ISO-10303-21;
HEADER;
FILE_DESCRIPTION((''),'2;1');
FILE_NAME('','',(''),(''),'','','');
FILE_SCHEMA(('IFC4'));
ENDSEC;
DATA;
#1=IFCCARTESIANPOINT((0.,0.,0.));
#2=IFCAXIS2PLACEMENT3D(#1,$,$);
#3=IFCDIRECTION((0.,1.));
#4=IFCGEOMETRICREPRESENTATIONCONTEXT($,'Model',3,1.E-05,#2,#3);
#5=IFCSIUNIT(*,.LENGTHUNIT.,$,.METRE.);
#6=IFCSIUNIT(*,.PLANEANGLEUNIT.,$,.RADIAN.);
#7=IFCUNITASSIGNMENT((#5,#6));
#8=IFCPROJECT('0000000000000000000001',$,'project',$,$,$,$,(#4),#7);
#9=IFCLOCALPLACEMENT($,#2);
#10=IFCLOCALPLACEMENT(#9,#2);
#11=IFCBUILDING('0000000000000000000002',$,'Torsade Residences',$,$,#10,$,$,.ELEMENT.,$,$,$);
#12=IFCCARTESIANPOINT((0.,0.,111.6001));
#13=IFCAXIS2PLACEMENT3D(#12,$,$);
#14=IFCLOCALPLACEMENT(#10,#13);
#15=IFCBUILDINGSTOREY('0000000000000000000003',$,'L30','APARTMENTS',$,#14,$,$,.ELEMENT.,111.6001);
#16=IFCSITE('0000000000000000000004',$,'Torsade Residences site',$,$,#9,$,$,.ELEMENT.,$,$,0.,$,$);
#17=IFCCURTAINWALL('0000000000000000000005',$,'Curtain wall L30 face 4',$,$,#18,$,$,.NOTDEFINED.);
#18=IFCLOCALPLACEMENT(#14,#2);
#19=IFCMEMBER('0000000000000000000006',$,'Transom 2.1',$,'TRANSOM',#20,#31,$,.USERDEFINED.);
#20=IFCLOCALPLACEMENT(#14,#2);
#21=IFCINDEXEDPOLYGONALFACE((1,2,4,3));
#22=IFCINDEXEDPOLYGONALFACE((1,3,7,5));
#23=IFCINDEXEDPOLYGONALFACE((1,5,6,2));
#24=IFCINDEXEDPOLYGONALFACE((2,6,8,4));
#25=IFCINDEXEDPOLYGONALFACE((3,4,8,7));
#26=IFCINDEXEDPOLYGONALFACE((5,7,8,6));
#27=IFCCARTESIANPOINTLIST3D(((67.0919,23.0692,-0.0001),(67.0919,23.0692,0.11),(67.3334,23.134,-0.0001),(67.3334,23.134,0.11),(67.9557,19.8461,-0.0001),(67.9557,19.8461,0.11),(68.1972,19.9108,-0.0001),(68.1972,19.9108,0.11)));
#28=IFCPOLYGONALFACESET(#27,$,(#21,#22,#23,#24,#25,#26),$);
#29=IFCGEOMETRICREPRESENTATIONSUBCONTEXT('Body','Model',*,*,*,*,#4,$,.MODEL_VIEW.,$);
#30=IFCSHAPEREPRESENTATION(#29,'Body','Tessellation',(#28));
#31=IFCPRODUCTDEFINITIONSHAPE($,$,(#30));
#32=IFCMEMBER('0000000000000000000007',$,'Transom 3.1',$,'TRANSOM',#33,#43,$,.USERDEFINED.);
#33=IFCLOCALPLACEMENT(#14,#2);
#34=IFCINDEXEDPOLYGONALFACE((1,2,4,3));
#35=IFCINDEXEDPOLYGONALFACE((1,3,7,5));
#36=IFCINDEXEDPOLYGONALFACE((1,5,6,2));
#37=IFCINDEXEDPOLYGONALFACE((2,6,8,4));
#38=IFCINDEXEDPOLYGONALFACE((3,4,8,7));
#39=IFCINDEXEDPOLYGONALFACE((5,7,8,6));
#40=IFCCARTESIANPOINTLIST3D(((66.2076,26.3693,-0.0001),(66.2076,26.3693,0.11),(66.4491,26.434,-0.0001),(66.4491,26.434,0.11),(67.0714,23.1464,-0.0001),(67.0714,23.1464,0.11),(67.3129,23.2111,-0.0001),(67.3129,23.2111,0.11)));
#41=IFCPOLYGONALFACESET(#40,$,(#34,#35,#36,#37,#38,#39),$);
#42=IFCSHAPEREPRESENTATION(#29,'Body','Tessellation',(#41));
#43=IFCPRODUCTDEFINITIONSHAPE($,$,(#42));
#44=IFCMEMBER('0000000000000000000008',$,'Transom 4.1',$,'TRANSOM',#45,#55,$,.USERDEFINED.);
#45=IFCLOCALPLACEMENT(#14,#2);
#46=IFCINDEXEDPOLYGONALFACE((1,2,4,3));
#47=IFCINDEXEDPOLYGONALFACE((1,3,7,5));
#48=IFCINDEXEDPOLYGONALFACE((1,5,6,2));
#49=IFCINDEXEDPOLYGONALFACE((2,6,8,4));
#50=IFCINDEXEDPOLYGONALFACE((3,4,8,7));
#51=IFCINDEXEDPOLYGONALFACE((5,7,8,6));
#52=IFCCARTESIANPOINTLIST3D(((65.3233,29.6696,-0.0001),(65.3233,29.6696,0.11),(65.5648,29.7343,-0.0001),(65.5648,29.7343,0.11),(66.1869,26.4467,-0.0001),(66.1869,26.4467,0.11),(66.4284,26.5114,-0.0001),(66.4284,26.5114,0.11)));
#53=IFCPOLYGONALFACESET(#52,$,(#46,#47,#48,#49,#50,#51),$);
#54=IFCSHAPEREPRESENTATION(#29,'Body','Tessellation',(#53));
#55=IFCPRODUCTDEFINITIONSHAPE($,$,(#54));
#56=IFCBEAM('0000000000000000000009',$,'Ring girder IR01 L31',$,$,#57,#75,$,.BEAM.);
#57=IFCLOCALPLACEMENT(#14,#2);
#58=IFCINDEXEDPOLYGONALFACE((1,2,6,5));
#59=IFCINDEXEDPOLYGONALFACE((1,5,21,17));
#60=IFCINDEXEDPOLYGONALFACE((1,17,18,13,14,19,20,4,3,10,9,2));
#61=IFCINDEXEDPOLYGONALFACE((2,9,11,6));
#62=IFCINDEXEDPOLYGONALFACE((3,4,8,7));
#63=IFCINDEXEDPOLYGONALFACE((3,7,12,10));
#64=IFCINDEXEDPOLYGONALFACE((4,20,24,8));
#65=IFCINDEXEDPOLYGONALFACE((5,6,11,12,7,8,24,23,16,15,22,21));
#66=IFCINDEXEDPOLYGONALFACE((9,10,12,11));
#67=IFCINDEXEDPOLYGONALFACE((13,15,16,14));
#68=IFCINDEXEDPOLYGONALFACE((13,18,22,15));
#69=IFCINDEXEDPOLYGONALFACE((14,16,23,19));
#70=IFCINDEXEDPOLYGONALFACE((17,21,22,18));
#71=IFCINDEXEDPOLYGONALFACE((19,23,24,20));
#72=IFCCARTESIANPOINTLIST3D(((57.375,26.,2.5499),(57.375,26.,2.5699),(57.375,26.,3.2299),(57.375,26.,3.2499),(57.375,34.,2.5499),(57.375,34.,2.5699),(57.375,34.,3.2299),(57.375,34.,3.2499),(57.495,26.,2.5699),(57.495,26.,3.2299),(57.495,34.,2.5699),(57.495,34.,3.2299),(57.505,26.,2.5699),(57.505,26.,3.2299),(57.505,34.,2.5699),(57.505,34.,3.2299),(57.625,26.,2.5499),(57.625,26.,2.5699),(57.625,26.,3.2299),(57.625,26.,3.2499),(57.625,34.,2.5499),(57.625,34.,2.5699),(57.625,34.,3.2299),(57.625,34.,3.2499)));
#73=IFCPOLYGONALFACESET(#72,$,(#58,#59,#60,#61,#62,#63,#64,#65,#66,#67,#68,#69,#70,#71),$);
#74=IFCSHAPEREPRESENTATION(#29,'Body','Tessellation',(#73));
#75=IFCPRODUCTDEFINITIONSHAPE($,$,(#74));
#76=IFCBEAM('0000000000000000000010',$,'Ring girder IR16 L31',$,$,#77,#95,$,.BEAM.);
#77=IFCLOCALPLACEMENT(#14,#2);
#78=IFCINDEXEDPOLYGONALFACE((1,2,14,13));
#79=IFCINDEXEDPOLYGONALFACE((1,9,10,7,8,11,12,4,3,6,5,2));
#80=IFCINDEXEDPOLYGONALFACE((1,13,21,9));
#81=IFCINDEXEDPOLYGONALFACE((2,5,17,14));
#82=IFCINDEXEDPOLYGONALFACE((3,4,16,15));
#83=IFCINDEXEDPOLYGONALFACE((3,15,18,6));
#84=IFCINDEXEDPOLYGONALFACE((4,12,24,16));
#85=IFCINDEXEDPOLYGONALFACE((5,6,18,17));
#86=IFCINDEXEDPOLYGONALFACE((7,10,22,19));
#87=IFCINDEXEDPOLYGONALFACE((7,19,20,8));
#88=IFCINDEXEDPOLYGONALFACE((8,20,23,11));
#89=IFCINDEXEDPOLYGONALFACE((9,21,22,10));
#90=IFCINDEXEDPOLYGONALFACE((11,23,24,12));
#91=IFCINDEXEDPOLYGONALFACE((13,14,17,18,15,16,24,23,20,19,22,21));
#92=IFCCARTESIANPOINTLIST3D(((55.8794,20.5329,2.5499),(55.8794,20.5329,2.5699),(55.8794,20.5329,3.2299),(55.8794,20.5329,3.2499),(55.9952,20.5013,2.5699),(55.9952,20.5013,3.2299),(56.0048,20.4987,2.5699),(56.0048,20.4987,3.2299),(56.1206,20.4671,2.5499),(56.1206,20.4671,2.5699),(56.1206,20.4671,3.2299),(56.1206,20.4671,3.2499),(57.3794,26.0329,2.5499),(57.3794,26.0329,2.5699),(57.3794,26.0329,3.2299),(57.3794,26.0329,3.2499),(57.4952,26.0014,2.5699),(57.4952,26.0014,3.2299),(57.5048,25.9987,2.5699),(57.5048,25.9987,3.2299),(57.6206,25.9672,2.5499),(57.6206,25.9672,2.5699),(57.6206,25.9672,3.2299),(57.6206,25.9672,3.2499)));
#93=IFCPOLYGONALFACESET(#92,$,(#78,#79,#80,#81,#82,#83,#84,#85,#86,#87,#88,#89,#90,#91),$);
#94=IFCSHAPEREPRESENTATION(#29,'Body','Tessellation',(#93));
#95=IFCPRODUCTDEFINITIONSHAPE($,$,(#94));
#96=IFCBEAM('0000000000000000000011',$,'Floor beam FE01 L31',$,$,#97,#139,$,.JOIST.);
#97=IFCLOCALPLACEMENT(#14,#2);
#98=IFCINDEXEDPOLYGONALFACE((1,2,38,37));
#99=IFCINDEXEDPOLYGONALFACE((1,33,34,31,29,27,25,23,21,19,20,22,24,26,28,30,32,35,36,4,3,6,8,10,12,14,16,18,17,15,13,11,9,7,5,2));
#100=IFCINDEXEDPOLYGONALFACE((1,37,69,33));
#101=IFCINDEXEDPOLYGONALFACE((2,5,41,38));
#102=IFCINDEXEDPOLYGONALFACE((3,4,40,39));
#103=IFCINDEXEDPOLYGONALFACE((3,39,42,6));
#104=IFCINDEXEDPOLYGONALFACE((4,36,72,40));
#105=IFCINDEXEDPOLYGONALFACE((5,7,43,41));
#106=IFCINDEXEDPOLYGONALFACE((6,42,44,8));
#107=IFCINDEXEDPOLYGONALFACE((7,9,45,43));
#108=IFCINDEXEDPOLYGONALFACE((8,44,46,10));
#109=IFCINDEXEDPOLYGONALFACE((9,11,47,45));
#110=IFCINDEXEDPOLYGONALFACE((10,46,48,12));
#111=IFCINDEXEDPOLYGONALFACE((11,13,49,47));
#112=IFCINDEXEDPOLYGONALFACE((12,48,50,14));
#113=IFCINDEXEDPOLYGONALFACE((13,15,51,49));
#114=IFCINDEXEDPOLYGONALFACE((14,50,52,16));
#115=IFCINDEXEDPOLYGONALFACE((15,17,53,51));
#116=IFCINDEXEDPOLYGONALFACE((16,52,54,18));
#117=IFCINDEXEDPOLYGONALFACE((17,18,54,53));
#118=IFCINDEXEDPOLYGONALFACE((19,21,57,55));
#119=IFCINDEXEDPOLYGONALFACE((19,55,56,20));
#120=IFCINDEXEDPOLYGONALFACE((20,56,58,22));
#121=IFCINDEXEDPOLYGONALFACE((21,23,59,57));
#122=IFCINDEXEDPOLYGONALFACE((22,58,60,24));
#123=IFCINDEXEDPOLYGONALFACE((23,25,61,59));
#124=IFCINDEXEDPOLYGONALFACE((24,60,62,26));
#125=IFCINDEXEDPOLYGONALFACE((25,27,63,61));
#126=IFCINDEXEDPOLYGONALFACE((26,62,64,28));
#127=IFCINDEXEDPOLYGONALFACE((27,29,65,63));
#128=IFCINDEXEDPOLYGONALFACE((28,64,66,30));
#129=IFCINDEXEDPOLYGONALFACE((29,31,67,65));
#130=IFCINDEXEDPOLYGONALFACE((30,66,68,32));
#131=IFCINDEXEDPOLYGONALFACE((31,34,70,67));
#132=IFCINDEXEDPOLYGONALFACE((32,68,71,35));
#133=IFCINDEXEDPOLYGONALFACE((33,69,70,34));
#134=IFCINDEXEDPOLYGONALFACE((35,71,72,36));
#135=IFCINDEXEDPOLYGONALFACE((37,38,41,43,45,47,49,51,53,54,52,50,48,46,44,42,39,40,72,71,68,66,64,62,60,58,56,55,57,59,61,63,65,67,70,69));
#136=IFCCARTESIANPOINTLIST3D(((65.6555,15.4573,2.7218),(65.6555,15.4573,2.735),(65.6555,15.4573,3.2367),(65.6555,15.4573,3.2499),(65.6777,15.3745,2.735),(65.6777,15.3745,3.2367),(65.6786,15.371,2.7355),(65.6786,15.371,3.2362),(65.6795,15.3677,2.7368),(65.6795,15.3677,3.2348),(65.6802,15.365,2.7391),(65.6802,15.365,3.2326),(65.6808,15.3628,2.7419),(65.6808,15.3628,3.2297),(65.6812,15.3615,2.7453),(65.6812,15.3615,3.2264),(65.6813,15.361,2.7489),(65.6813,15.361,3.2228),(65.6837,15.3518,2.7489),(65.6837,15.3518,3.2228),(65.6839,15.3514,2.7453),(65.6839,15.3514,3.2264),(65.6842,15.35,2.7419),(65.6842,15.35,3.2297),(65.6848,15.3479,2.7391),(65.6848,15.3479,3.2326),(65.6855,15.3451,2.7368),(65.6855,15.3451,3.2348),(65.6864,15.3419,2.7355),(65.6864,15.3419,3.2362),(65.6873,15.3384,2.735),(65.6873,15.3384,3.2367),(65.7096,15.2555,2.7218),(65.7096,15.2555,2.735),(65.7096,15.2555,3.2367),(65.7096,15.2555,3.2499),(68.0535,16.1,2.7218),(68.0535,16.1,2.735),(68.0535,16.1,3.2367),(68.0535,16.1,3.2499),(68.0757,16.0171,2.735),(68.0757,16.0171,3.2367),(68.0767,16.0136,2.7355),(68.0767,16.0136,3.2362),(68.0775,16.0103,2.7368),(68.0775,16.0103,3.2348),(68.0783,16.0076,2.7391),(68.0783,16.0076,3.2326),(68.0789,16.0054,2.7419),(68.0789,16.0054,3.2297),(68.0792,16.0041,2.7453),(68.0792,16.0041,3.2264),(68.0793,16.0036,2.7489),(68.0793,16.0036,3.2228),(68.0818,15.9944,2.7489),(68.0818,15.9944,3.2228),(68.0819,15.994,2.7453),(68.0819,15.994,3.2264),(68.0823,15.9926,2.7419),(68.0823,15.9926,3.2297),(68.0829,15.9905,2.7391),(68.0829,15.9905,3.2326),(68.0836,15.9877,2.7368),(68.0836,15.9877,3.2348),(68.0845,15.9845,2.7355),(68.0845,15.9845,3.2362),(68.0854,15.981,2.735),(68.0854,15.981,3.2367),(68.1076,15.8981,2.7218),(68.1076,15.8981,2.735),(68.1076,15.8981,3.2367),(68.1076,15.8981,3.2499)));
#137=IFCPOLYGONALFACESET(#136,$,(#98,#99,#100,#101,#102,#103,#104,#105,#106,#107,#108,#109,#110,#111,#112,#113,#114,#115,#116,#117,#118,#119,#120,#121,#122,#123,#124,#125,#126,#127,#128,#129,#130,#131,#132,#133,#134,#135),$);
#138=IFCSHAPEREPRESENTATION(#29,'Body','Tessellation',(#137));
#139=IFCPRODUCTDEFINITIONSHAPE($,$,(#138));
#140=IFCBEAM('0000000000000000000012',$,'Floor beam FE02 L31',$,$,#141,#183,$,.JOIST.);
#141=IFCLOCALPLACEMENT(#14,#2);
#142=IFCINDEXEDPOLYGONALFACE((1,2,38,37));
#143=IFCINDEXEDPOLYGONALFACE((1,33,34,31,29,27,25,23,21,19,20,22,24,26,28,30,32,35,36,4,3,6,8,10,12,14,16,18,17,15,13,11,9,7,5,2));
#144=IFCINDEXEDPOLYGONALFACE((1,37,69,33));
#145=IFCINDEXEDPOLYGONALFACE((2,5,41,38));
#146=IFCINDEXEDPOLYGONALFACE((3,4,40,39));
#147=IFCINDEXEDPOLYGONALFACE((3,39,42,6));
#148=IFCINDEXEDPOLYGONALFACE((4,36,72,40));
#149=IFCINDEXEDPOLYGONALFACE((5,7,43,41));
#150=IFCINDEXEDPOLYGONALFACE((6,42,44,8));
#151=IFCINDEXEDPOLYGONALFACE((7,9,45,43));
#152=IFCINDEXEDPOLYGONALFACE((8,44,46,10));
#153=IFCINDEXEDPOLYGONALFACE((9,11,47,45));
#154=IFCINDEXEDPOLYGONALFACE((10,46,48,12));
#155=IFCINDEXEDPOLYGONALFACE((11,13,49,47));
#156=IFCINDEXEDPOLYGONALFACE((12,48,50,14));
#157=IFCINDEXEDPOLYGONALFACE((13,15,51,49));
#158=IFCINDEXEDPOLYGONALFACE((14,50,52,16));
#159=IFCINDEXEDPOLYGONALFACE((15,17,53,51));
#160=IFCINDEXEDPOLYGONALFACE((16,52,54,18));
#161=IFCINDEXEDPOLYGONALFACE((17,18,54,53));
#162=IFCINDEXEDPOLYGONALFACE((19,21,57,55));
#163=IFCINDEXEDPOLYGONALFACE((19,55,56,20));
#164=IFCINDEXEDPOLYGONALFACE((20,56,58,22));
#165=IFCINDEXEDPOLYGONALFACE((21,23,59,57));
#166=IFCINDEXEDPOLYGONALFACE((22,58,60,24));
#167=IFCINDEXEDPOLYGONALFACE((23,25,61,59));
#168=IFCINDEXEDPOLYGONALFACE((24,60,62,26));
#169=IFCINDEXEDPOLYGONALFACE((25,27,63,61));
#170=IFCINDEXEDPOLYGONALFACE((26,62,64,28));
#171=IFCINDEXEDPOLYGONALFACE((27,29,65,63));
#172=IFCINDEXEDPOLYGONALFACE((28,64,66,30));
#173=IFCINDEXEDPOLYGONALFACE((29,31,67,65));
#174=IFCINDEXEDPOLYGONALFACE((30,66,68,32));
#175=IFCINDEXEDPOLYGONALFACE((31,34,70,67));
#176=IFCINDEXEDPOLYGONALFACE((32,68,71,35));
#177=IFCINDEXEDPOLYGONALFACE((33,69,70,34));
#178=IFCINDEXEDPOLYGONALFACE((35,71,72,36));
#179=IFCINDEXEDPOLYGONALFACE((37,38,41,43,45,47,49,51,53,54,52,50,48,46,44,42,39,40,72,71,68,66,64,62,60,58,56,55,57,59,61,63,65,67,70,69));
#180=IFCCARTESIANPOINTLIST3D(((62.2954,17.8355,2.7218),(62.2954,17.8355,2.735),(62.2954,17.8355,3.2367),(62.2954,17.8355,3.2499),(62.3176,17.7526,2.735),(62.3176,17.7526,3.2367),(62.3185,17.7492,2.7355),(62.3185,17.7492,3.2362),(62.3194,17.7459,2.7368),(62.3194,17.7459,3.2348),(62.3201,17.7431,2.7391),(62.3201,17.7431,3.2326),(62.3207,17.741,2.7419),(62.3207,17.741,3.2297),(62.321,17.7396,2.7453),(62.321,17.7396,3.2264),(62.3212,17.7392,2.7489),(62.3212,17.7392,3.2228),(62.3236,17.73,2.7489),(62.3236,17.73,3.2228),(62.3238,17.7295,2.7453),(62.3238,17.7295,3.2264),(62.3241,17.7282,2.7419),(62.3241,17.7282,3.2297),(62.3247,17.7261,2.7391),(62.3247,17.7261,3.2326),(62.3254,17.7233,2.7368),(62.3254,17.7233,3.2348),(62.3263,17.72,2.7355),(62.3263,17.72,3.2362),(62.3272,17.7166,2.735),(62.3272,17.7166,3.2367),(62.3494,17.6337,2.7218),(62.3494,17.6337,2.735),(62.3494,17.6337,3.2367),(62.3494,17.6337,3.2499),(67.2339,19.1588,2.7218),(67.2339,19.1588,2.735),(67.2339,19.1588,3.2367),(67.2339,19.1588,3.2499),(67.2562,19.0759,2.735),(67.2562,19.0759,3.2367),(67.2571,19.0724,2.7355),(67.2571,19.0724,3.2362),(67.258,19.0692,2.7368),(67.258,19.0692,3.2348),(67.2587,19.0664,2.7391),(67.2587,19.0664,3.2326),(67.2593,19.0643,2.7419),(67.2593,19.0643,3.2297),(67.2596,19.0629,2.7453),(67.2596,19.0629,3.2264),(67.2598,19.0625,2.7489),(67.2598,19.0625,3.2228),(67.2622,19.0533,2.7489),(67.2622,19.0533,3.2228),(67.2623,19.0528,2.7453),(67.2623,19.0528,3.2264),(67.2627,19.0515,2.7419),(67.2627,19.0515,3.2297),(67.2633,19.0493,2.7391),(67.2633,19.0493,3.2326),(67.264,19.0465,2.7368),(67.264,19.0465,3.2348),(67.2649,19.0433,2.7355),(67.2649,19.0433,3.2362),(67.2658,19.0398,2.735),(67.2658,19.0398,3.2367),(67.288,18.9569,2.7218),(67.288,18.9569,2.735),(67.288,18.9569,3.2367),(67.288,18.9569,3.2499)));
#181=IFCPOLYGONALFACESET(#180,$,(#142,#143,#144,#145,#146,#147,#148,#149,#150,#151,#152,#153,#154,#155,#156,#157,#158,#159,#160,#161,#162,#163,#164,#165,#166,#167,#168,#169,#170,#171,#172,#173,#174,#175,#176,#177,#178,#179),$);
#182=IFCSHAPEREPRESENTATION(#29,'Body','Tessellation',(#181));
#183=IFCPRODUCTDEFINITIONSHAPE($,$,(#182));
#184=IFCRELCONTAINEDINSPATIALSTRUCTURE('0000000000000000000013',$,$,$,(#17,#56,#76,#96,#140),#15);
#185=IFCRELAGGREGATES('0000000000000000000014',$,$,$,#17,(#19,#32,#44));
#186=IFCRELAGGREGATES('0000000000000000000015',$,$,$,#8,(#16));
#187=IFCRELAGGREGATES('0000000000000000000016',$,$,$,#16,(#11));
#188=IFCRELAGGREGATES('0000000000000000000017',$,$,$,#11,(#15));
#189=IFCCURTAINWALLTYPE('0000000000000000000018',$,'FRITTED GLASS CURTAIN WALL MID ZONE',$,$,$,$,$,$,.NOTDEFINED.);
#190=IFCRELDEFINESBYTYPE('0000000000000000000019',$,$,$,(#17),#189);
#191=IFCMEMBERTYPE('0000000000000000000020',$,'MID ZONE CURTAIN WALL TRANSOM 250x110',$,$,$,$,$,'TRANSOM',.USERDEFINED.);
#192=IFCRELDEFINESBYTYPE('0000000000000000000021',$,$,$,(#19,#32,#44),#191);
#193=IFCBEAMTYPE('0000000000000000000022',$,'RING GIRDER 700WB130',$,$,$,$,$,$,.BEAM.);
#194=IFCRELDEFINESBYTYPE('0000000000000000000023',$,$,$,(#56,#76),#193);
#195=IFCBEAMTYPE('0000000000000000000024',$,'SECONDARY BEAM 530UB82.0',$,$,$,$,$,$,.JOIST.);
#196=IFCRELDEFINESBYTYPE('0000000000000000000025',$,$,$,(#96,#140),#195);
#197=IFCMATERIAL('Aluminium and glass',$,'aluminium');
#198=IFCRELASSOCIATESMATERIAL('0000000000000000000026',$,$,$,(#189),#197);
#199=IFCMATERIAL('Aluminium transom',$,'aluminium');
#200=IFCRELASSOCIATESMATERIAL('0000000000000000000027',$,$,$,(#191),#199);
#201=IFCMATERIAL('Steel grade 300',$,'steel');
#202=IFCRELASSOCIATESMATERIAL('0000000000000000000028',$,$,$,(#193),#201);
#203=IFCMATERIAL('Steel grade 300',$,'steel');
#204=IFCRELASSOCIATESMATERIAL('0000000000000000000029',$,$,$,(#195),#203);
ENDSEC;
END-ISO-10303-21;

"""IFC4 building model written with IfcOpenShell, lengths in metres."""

from ifc_helpers import new_model, si_unit, direction, frame, origin, origin_2d, place, context, subcontext, project, spatial, rectangle, i_section, extrude, material, material_profile, profile_set, type_object, element, aggregate, save


model = new_model("IFC4")

# Units and contexts
model_context = context("Model", 3, precision=1e-05, world=origin(), true_north=direction((0.0, 1.0)))
body_context = subcontext(model_context, "Body", "Model", "MODEL_VIEW")
ifc_project = project(units=[si_unit("LENGTHUNIT", "METRE"), si_unit("PLANEANGLEUNIT", "RADIAN")], contexts=[model_context])

# Site, building, storey
site_placement = place(None, origin())
site = spatial("IfcSite", under=ifc_project, at=site_placement, Name="Torsade Residences site", CompositionType="ELEMENT", RefElevation=0.0)
building_placement = place(site_placement, origin())
building = spatial("IfcBuilding", under=site, at=building_placement, Name="Torsade Residences", CompositionType="ELEMENT")
storey_placement = place(building_placement, frame((0.0, 0.0, 111.6001)))
storey = spatial("IfcBuildingStorey", under=building, at=storey_placement, Name="L30", Description="APARTMENTS", CompositionType="ELEMENT", Elevation=111.6001)

# Curtain wall, members
ifc_material_1 = material(Name="Aluminium and glass", Category="aluminium")
curtain_wall_type = type_object("IfcCurtainWallType", Name="FRITTED GLASS CURTAIN WALL MID ZONE", PredefinedType="NOTDEFINED", material=ifc_material_1)
curtain_wall_placement = place(storey_placement, origin())
curtain_wall = element("IfcCurtainWall", 1, at=curtain_wall_placement, inside=storey, type_object=curtain_wall_type, Name="Curtain wall L30 face 4", PredefinedType="NOTDEFINED")
ifc_material_2 = material(Name="Aluminium transom", Category="aluminium")
ifc_material_profile_1 = material_profile(ifc_material_2, rectangle(XDim=0.25, YDim=0.1101, at=origin_2d()), Name="MID ZONE CURTAIN WALL TRANSOM 250x110")
ifc_profile_set_1 = profile_set([ifc_material_profile_1], Name="Aluminium transom")
member_type_1 = type_object("IfcMemberType", Name="MID ZONE CURTAIN WALL TRANSOM 250x110", ElementType="TRANSOM", PredefinedType="USERDEFINED", material=ifc_profile_set_1)
member_1_placement = place(storey_placement, frame((68.0764, 19.8784, 0.0549), z_axis=(-0.258856, 0.965916, 0.0), x_axis=(-0.965916, -0.258856, 0.0)))
member_1 = element("IfcMember", 2, at=member_1_placement, type_object=member_type_1, Name="Transom 2.1", ObjectType="TRANSOM", PredefinedType="USERDEFINED", context=body_context, shape_type="SweptSolid", body=[
    extrude(rectangle(XDim=0.25, YDim=0.1101, at=origin_2d()), origin(), (0.0, 0.0, 1.0), 3.3369),
])
member_2_placement = place(storey_placement, frame((67.1921, 23.1787, 0.0549), z_axis=(-0.258874, 0.965911, 0.0), x_axis=(-0.965911, -0.258874, 0.0)))
member_2 = element("IfcMember", 3, at=member_2_placement, type_object=member_type_1, Name="Transom 3.1", ObjectType="TRANSOM", PredefinedType="USERDEFINED", context=body_context, shape_type="SweptSolid", body=[
    extrude(rectangle(XDim=0.25, YDim=0.1101, at=origin_2d()), origin(), (0.0, 0.0, 1.0), 3.3367),
])
member_3_placement = place(storey_placement, frame((66.3076, 26.479, 0.0549), z_axis=(-0.258806, 0.965929, 0.0), x_axis=(-0.965929, -0.258806, 0.0)))
member_3 = element("IfcMember", 4, at=member_3_placement, type_object=member_type_1, Name="Transom 4.1", ObjectType="TRANSOM", PredefinedType="USERDEFINED", context=body_context, shape_type="SweptSolid", body=[
    extrude(rectangle(XDim=0.25, YDim=0.1101, at=origin_2d()), origin(), (0.0, 0.0, 1.0), 3.3367),
])

# Beams
ifc_material_3 = material(Name="Steel grade 300", Category="steel")
ifc_material_profile_2 = material_profile(ifc_material_3, i_section(OverallWidth=0.25, OverallDepth=0.7, WebThickness=0.01, FlangeThickness=0.02, at=origin_2d()), Name="700WB130")
ifc_profile_set_2 = profile_set([ifc_material_profile_2], Name="Steel grade 300")
beam_type_1 = type_object("IfcBeamType", Name="RING GIRDER 700WB130", PredefinedType="BEAM", material=ifc_profile_set_2)
beam_1_placement = place(storey_placement, frame((57.5, 26.0, 2.8999), z_axis=(0.0, 1.0, 0.0), x_axis=(-1.0, 0.0, 0.0)))
element("IfcBeam", 5, at=beam_1_placement, inside=storey, type_object=beam_type_1, Name="Ring girder IR01 L31", PredefinedType="BEAM", context=body_context, shape_type="SweptSolid", body=[
    extrude(i_section(OverallWidth=0.25, OverallDepth=0.7, WebThickness=0.01, FlangeThickness=0.02, at=origin_2d()), origin(), (0.0, 0.0, 1.0), 8.0),
])
beam_2_placement = place(storey_placement, frame((56.0, 20.5, 2.8999), z_axis=(0.263117, 0.964764, 0.0), x_axis=(-0.964764, 0.263117, 0.0)))
element("IfcBeam", 6, at=beam_2_placement, inside=storey, type_object=beam_type_1, Name="Ring girder IR16 L31", PredefinedType="BEAM", context=body_context, shape_type="SweptSolid", body=[
    extrude(i_section(OverallWidth=0.25, OverallDepth=0.7, WebThickness=0.01, FlangeThickness=0.02, at=origin_2d()), origin(), (0.0, 0.0, 1.0), 5.7009),
])
ifc_material_4 = material(Name="Steel grade 300", Category="steel")
ifc_material_profile_3 = material_profile(ifc_material_4, i_section(OverallWidth=0.209, OverallDepth=0.5281, WebThickness=0.0095, FlangeThickness=0.0132, FilletRadius=0.0139, at=origin_2d()), Name="530UB82.0")
ifc_profile_set_3 = profile_set([ifc_material_profile_3], Name="Steel grade 300")
beam_type_2 = type_object("IfcBeamType", Name="SECONDARY BEAM 530UB82.0", PredefinedType="JOIST", material=ifc_profile_set_3)
beam_3_placement = place(storey_placement, frame((68.0806, 15.999, 2.9858), z_axis=(-0.965921, -0.258838, 0.0), x_axis=(0.258838, -0.965921, 0.0)))
element("IfcBeam", 7, at=beam_3_placement, inside=storey, type_object=beam_type_2, Name="Floor beam FE01 L31", PredefinedType="JOIST", context=body_context, shape_type="SweptSolid", body=[
    extrude(i_section(OverallWidth=0.209, OverallDepth=0.5281, WebThickness=0.0095, FlangeThickness=0.0132, FilletRadius=0.0139, at=origin_2d()), origin(), (0.0, 0.0, 1.0), 2.4827),
])
beam_4_placement = place(storey_placement, frame((67.261, 19.0579, 2.9858), z_axis=(-0.965927, -0.258816, 0.0), x_axis=(0.258816, -0.965927, 0.0)))
element("IfcBeam", 8, at=beam_4_placement, inside=storey, type_object=beam_type_2, Name="Floor beam FE02 L31", PredefinedType="JOIST", context=body_context, shape_type="SweptSolid", body=[
    extrude(i_section(OverallWidth=0.209, OverallDepth=0.5281, WebThickness=0.0095, FlangeThickness=0.0132, FilletRadius=0.0139, at=origin_2d()), origin(), (0.0, 0.0, 1.0), 5.1128),
])

aggregate(curtain_wall, [member_1, member_2, member_3])

save(model, "model.ifc")
